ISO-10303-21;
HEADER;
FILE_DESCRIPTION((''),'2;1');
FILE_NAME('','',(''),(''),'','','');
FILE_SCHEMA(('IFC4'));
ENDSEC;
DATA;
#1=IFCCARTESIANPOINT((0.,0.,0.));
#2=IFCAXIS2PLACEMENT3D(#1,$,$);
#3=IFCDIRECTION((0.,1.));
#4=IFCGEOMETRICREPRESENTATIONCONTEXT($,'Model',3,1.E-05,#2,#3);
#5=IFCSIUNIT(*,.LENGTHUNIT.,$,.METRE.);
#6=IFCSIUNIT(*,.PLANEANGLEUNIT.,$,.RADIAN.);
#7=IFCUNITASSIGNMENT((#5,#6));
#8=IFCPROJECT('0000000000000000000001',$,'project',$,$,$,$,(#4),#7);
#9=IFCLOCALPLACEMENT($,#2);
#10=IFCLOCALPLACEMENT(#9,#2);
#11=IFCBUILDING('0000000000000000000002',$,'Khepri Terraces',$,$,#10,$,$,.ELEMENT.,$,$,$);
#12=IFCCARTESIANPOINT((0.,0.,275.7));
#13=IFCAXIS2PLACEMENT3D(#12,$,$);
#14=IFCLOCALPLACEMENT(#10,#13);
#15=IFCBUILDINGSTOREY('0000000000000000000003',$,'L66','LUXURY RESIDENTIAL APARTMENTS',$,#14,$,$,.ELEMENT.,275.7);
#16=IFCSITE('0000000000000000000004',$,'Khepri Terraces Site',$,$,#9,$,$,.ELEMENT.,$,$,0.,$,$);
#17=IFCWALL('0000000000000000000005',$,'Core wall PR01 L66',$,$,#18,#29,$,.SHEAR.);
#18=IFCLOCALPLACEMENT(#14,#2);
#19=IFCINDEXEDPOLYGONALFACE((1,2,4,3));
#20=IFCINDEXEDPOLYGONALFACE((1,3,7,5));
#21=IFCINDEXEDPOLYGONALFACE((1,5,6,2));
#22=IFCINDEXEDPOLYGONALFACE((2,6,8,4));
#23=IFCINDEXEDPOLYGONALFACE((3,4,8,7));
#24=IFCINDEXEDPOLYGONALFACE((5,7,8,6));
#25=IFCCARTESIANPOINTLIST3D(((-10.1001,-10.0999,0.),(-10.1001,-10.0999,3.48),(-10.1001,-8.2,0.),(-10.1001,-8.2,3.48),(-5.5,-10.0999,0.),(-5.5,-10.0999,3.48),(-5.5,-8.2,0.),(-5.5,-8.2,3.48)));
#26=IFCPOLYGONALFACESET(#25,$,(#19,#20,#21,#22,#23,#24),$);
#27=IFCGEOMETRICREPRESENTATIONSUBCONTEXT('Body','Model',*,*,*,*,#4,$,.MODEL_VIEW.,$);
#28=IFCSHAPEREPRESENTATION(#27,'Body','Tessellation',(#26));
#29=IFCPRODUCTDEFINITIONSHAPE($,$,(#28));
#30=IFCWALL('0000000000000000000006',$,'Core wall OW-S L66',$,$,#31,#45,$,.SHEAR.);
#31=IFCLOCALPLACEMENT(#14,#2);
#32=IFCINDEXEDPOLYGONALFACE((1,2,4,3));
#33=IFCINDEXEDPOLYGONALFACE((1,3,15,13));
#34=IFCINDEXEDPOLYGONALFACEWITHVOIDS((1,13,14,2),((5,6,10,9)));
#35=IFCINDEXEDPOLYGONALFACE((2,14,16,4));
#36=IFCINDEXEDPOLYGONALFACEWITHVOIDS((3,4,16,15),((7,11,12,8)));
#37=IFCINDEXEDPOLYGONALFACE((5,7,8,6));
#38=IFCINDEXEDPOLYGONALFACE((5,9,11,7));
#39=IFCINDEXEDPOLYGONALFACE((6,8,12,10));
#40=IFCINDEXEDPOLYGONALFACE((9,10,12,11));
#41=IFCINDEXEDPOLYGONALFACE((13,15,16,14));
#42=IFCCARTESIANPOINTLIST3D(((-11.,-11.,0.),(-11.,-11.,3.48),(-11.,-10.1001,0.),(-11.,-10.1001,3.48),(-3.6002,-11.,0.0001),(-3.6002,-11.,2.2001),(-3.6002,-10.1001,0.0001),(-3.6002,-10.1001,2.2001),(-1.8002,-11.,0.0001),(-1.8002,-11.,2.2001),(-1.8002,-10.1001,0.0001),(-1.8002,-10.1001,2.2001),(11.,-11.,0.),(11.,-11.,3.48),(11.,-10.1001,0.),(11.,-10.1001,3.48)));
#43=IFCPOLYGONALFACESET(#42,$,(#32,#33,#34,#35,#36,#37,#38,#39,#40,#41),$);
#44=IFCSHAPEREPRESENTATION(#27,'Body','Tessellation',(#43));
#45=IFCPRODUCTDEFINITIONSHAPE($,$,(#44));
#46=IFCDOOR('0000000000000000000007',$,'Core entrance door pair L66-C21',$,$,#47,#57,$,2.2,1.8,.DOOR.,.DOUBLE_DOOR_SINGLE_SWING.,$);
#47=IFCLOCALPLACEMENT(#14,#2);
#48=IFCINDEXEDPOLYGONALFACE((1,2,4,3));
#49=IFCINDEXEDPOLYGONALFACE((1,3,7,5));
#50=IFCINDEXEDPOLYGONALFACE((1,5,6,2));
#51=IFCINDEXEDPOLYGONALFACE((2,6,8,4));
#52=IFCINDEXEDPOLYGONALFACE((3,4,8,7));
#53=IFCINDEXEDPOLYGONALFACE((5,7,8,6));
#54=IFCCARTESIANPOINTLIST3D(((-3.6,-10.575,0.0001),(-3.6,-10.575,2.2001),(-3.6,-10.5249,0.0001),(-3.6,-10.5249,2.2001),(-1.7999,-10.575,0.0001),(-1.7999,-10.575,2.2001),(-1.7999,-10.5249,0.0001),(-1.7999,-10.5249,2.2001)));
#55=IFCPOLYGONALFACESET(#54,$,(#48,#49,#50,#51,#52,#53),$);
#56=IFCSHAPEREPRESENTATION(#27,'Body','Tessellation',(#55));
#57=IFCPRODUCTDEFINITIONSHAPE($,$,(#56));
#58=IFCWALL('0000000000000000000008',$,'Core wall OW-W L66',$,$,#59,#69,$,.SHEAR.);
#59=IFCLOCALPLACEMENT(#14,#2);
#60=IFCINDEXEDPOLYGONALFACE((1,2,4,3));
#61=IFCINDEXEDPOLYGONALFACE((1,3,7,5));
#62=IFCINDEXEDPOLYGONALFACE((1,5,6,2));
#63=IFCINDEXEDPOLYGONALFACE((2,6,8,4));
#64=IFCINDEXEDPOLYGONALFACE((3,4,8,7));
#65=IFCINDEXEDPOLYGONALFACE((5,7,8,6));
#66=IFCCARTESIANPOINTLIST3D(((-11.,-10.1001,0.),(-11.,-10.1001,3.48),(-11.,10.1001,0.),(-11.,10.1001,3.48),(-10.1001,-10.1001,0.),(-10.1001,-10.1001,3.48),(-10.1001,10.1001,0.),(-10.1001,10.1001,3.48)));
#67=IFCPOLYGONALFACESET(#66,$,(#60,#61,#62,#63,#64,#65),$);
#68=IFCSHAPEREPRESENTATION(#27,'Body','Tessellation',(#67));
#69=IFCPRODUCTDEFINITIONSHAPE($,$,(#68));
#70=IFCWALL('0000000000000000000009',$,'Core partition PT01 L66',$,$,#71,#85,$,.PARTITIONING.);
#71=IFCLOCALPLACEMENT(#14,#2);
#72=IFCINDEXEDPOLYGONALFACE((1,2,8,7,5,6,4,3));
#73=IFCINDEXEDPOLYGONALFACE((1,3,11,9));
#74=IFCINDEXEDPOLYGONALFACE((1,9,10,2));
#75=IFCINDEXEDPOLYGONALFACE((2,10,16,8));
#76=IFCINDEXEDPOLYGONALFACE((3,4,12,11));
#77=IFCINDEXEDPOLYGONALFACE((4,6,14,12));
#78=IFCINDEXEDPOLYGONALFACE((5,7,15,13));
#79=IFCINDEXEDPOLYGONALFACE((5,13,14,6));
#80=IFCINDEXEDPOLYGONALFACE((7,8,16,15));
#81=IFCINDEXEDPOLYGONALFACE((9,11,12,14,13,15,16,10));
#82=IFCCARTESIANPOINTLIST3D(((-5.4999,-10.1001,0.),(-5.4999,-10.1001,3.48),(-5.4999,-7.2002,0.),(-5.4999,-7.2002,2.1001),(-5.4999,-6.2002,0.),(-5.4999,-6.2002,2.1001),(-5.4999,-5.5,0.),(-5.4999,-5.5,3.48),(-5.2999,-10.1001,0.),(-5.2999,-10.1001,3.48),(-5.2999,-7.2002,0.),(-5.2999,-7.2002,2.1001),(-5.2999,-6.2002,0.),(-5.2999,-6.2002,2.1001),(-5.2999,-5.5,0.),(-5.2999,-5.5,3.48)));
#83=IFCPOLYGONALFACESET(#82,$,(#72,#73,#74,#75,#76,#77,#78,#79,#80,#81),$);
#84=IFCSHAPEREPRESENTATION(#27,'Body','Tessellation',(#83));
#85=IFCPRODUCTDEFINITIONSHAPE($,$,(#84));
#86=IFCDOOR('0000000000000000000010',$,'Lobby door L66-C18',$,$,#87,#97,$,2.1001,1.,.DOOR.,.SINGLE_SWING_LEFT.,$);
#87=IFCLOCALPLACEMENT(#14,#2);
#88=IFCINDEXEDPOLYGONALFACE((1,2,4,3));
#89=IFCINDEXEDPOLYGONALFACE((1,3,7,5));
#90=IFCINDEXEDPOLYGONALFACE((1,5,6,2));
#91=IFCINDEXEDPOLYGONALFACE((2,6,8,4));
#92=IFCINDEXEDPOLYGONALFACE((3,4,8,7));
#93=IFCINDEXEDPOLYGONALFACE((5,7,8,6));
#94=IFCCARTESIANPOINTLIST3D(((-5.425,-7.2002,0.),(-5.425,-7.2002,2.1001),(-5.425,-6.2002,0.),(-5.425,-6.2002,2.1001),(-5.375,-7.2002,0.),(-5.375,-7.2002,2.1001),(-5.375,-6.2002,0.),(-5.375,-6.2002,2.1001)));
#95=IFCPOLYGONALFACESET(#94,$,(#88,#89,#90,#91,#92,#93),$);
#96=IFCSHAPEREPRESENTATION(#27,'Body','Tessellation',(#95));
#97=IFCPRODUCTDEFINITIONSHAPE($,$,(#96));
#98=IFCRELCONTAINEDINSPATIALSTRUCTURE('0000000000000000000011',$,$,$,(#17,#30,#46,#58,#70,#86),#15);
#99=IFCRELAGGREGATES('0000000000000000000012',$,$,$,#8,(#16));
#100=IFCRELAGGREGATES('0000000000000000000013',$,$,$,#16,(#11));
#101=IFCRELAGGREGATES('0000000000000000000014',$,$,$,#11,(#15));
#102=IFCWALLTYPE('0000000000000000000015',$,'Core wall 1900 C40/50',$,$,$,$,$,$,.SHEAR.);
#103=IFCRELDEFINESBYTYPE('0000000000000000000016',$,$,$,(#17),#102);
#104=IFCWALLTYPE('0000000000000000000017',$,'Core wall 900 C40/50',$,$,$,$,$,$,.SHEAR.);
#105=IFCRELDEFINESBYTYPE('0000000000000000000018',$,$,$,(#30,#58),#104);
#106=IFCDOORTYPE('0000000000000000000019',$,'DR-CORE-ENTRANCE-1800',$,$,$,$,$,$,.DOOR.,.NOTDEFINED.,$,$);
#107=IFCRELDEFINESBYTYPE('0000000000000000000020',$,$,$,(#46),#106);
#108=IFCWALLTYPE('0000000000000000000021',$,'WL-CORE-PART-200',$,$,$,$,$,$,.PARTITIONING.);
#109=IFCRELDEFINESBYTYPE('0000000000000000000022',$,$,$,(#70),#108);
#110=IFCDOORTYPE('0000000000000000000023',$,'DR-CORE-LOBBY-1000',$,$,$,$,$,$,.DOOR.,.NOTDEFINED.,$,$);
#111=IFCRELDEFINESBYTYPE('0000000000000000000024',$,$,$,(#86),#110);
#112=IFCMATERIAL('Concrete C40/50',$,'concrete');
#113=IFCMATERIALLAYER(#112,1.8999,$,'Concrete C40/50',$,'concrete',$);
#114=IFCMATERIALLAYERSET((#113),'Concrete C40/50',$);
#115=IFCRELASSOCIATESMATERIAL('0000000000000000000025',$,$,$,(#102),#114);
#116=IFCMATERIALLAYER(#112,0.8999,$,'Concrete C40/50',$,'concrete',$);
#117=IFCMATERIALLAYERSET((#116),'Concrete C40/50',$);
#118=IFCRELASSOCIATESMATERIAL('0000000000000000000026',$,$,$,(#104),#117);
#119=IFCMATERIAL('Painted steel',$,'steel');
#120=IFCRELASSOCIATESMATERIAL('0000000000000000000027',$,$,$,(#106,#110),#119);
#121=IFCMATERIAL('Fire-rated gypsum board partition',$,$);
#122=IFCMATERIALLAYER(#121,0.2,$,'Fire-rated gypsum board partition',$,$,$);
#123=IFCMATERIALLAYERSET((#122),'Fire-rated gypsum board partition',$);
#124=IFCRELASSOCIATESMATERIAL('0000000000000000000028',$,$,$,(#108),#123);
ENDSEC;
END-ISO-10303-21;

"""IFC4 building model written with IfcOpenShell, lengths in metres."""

from ifc_helpers import new_model, si_unit, direction, frame, frame_2d, origin, place, context, subcontext, project, spatial, rectangle, extrude, material, layer, layer_set, type_object, element, fill, save


model = new_model("IFC4")

# Units and contexts
model_context = context("Model", 3, precision=1e-05, world=origin(), true_north=direction((0.0, 1.0)))
body_context = subcontext(model_context, "Body", "Model", "MODEL_VIEW")
ifc_project = project(units=[si_unit("LENGTHUNIT", "METRE"), si_unit("PLANEANGLEUNIT", "RADIAN")], contexts=[model_context])

# Site, building, storey
site_placement = place(None, origin())
site = spatial("IfcSite", under=ifc_project, at=site_placement, Name="Khepri Terraces Site", CompositionType="ELEMENT", RefElevation=0.0)
building_placement = place(site_placement, origin())
building = spatial("IfcBuilding", under=site, at=building_placement, Name="Khepri Terraces", CompositionType="ELEMENT")
storey_placement = place(building_placement, frame((0.0, 0.0, 275.7)))
storey = spatial("IfcBuildingStorey", under=building, at=storey_placement, Name="L66", Description="LUXURY RESIDENTIAL APARTMENTS", CompositionType="ELEMENT", Elevation=275.7)

# Wall
ifc_material_1 = material(Name="Concrete C40/50", Category="concrete")
ifc_layer_1 = layer(ifc_material_1, 1.8999, Name="Concrete C40/50", Category="concrete")
ifc_layer_set_1 = layer_set([ifc_layer_1], Name="Concrete C40/50")
wall_type_1 = type_object("IfcWallType", Name="Core wall 1900 C40/50", PredefinedType="SHEAR", material=ifc_layer_set_1)
wall_1_placement = place(storey_placement, frame((-10.1001, -9.1499, 0.0), z_axis=(0.0, 0.0, 1.0), x_axis=(1.0, 0.0, 0.0)))
element("IfcWall", 1, at=wall_1_placement, inside=storey, type_object=wall_type_1, Name="Core wall PR01 L66", PredefinedType="SHEAR", context=body_context, shape_type="SweptSolid", body=[
    extrude(rectangle(XDim=4.6001, YDim=1.8999, at=frame_2d((2.3, 0.0))), origin(), (0.0, 0.0, 1.0), 3.48),
])

# Wall, opening, door
ifc_layer_2 = layer(ifc_material_1, 0.8999, Name="Concrete C40/50", Category="concrete")
ifc_layer_set_2 = layer_set([ifc_layer_2], Name="Concrete C40/50")
wall_type_2 = type_object("IfcWallType", Name="Core wall 900 C40/50", PredefinedType="SHEAR", material=ifc_layer_set_2)
wall_2_placement = place(storey_placement, frame((-11.0, -10.55, 0.0), z_axis=(0.0, 0.0, 1.0), x_axis=(1.0, 0.0, 0.0)))
wall_2 = element("IfcWall", 2, at=wall_2_placement, inside=storey, type_object=wall_type_2, Name="Core wall OW-S L66", PredefinedType="SHEAR", context=body_context, shape_type="SweptSolid", body=[
    extrude(rectangle(XDim=22.0, YDim=0.8999, at=frame_2d((11.0, 0.0))), origin(), (0.0, 0.0, 1.0), 3.48),
])
opening_1_placement = place(wall_2_placement, frame((7.3999, 0.0, 0.0)))
opening_1 = element("IfcOpeningElement", 3, at=opening_1_placement, cuts=wall_2, PredefinedType="OPENING", context=body_context, shape_type="SweptSolid", body=[
    extrude(rectangle(XDim=1.8, YDim=2.2, at=frame_2d((0.8999, 1.1001))), frame((0.0, 0.46, 0.0), z_axis=(0.0, -1.0, 0.0), x_axis=(1.0, 0.0, 0.0)), (0.0, 0.0, 1.0), 0.9199),
])
ifc_material_2 = material(Name="Painted steel", Category="steel")
door_type_1 = type_object("IfcDoorType", Name="DR-CORE-ENTRANCE-1800", OperationType="NOTDEFINED", PredefinedType="DOOR", material=ifc_material_2)
door_1_placement = place(opening_1_placement, frame((1.8, 0.0, 0.0), z_axis=(0.0, 0.0, 1.0), x_axis=(-1.0, 0.0, 0.0)))
door_1 = element("IfcDoor", 4, at=door_1_placement, inside=storey, type_object=door_type_1, Name="Core entrance door pair L66-C21", OperationType="DOUBLE_DOOR_SINGLE_SWING", OverallHeight=2.2, OverallWidth=1.8, PredefinedType="DOOR", context=body_context, shape_type="SweptSolid", body=[
    extrude(rectangle(XDim=1.8, YDim=2.2, at=frame_2d((0.8999, 1.1001))), frame((0.0, 0.0249, 0.0), z_axis=(0.0, -1.0, 0.0), x_axis=(1.0, 0.0, 0.0)), (0.0, 0.0, 1.0), 0.05),
])
fill(opening_1, door_1)

# Wall
wall_3_placement = place(storey_placement, frame((-10.55, -10.1001, 0.0), z_axis=(0.0, 0.0, 1.0), x_axis=(0.0, 1.0, 0.0)))
element("IfcWall", 5, at=wall_3_placement, inside=storey, type_object=wall_type_2, Name="Core wall OW-W L66", PredefinedType="SHEAR", context=body_context, shape_type="SweptSolid", body=[
    extrude(rectangle(XDim=20.2002, YDim=0.8999, at=frame_2d((10.1001, 0.0))), origin(), (0.0, 0.0, 1.0), 3.48),
])

# Wall, opening, door
ifc_material_3 = material(Name="Fire-rated gypsum board partition")
ifc_layer_3 = layer(ifc_material_3, 0.2, Name="Fire-rated gypsum board partition")
ifc_layer_set_3 = layer_set([ifc_layer_3], Name="Fire-rated gypsum board partition")
wall_type_3 = type_object("IfcWallType", Name="WL-CORE-PART-200", PredefinedType="PARTITIONING", material=ifc_layer_set_3)
wall_4_placement = place(storey_placement, frame((-5.3999, -10.1001, 0.0), z_axis=(0.0, 0.0, 1.0), x_axis=(0.0, 1.0, 0.0)))
wall_4 = element("IfcWall", 6, at=wall_4_placement, inside=storey, type_object=wall_type_3, Name="Core partition PT01 L66", PredefinedType="PARTITIONING", context=body_context, shape_type="SweptSolid", body=[
    extrude(rectangle(XDim=4.6001, YDim=0.2, at=frame_2d((2.3, 0.0))), origin(), (0.0, 0.0, 1.0), 3.48),
])
opening_2_placement = place(wall_4_placement, frame((2.8999, 0.0, 0.0)))
opening_2 = element("IfcOpeningElement", 7, at=opening_2_placement, cuts=wall_4, PredefinedType="OPENING", context=body_context, shape_type="SweptSolid", body=[
    extrude(rectangle(XDim=1.0, YDim=2.1001, at=frame_2d((0.5, 1.05))), frame((0.0, 0.1099, 0.0), z_axis=(0.0, -1.0, 0.0), x_axis=(1.0, 0.0, 0.0)), (0.0, 0.0, 1.0), 0.22),
])
door_type_2 = type_object("IfcDoorType", Name="DR-CORE-LOBBY-1000", OperationType="NOTDEFINED", PredefinedType="DOOR", material=ifc_material_2)
door_2_placement = place(opening_2_placement, frame((1.0, 0.0, 0.0), z_axis=(0.0, 0.0, 1.0), x_axis=(-1.0, 0.0, 0.0)))
door_2 = element("IfcDoor", 8, at=door_2_placement, inside=storey, type_object=door_type_2, Name="Lobby door L66-C18", OperationType="SINGLE_SWING_LEFT", OverallHeight=2.1001, OverallWidth=1.0, PredefinedType="DOOR", context=body_context, shape_type="SweptSolid", body=[
    extrude(rectangle(XDim=1.0, YDim=2.1001, at=frame_2d((0.5, 1.05))), frame((0.0, 0.0249, 0.0), z_axis=(0.0, -1.0, 0.0), x_axis=(1.0, 0.0, 0.0)), (0.0, 0.0, 1.0), 0.05),
])
fill(opening_2, door_2)

save(model, "model.ifc")
